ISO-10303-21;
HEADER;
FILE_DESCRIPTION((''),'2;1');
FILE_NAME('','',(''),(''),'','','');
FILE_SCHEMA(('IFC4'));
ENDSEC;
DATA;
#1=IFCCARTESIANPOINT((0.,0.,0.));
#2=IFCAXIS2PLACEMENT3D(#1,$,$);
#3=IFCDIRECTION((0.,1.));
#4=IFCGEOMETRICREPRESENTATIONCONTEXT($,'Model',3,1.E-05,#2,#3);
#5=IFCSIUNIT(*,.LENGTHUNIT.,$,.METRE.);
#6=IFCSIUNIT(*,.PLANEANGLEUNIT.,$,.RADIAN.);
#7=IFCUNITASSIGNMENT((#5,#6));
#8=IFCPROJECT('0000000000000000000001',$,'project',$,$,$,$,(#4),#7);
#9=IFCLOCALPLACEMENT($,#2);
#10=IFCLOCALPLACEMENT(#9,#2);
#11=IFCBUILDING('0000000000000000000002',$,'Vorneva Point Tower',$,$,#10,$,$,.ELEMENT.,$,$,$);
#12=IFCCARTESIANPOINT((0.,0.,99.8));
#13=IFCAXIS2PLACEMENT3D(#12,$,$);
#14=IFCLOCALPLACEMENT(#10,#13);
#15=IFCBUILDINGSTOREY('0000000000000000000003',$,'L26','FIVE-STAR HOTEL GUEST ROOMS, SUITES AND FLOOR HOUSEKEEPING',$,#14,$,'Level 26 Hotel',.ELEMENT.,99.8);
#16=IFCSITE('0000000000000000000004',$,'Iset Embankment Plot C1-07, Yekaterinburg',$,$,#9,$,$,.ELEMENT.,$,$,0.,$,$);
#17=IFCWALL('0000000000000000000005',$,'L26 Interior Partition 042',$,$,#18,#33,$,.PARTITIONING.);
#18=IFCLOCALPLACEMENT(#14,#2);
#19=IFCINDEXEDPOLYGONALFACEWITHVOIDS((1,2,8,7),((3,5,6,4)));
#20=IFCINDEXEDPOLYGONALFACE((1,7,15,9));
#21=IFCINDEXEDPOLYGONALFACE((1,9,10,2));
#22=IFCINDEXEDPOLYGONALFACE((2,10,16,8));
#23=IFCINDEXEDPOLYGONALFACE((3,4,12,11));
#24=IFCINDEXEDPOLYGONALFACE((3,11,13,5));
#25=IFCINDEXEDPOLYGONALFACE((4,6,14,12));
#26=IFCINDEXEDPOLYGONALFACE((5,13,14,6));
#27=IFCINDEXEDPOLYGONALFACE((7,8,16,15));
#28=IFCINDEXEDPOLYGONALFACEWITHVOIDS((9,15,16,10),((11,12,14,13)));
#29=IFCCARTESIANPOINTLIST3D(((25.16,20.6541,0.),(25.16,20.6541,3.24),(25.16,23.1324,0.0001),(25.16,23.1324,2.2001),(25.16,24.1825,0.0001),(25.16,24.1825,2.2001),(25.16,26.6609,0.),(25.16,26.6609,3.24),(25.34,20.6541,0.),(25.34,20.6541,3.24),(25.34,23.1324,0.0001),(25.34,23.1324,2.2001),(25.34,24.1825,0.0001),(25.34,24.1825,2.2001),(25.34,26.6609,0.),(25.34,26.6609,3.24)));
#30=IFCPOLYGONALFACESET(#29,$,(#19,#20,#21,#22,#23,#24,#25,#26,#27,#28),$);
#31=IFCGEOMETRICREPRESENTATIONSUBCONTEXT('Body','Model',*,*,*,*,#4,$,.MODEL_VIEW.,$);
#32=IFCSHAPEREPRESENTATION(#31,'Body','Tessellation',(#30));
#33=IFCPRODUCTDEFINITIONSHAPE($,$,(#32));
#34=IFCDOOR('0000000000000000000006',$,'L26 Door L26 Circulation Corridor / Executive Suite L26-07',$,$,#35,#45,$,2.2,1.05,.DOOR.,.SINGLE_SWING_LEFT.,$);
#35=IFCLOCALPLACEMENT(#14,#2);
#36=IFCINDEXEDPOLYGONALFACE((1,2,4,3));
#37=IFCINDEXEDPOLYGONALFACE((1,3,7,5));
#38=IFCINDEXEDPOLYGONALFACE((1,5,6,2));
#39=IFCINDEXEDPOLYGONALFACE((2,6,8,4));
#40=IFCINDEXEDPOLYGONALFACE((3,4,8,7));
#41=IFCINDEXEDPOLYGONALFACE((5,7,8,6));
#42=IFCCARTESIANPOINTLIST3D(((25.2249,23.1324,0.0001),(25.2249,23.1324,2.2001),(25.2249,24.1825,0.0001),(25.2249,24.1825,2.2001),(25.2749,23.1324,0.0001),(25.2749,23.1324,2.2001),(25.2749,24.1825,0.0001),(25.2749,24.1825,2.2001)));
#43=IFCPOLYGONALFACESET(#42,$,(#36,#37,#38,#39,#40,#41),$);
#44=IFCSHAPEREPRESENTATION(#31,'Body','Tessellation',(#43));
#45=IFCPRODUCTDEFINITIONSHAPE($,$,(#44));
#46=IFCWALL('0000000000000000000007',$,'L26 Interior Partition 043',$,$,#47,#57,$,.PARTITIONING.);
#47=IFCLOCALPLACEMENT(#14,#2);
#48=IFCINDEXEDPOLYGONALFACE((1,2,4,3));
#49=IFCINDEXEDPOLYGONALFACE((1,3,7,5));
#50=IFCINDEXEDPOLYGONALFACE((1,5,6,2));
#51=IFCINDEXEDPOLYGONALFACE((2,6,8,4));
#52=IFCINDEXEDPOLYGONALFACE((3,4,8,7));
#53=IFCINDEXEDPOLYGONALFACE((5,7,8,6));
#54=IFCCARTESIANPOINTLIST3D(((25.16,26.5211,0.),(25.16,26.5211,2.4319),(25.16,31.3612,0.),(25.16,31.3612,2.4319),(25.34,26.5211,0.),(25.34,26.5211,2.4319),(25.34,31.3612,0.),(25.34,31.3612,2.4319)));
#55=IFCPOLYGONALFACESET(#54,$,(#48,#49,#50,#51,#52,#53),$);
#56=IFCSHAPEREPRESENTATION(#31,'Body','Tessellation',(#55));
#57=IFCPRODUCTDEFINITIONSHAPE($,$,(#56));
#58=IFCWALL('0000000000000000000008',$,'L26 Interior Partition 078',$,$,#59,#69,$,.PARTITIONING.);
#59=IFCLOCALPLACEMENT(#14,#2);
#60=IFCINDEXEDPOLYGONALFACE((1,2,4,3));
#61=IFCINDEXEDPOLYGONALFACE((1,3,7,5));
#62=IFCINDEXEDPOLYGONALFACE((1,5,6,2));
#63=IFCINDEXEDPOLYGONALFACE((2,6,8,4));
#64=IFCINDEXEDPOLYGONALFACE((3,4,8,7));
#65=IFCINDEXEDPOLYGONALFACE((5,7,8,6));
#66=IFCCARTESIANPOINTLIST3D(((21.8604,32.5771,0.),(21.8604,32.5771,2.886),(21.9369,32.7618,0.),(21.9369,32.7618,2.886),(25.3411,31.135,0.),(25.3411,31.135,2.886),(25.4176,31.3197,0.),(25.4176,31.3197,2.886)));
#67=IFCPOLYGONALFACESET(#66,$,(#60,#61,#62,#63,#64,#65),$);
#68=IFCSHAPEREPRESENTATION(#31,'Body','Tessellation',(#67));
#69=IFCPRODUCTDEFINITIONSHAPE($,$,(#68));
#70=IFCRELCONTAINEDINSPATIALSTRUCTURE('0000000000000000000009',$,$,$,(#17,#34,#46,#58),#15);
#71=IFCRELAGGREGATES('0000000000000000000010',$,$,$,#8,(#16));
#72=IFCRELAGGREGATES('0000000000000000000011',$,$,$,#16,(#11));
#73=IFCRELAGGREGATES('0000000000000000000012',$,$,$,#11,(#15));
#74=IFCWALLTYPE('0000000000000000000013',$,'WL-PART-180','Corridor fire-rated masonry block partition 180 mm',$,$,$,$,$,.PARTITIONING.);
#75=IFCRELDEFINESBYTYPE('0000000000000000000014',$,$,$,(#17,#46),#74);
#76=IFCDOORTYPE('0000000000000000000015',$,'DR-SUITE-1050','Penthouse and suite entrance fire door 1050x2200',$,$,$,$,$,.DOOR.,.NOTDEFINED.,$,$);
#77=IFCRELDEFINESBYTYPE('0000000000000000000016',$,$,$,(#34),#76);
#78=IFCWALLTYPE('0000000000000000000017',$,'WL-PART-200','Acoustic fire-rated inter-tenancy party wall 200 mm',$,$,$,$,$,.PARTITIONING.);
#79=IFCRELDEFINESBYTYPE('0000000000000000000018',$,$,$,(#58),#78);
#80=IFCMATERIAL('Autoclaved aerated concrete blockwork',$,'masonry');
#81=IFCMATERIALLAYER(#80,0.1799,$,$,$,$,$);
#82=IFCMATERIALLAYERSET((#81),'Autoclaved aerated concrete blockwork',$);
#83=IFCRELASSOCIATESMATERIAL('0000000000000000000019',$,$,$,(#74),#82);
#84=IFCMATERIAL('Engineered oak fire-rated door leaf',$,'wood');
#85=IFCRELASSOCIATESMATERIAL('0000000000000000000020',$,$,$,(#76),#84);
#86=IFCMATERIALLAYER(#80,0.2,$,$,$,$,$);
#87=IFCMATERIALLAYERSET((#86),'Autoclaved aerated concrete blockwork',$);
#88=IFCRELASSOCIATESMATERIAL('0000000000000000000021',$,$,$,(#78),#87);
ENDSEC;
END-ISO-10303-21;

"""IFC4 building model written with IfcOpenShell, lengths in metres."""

from ifc_helpers import new_model, si_unit, direction, frame, frame_2d, origin, place, context, subcontext, project, spatial, rectangle, extrude, material, layer, layer_set, type_object, element, fill, save


model = new_model("IFC4")

# Units and contexts
model_context = context("Model", 3, precision=1e-05, world=origin(), true_north=direction((0.0, 1.0)))
body_context = subcontext(model_context, "Body", "Model", "MODEL_VIEW")
ifc_project = project(units=[si_unit("LENGTHUNIT", "METRE"), si_unit("PLANEANGLEUNIT", "RADIAN")], contexts=[model_context])

# Site, building, storey
site_placement = place(None, origin())
site = spatial("IfcSite", under=ifc_project, at=site_placement, Name="Iset Embankment Plot C1-07, Yekaterinburg", CompositionType="ELEMENT", RefElevation=0.0)
building_placement = place(site_placement, origin())
building = spatial("IfcBuilding", under=site, at=building_placement, Name="Vorneva Point Tower", CompositionType="ELEMENT")
storey_placement = place(building_placement, frame((0.0, 0.0, 99.8)))
storey = spatial("IfcBuildingStorey", under=building, at=storey_placement, Name="L26", Description="FIVE-STAR HOTEL GUEST ROOMS, SUITES AND FLOOR HOUSEKEEPING", LongName="Level 26 Hotel", CompositionType="ELEMENT", Elevation=99.8)

# Shared definitions
ifc_material_1 = material(Name="Engineered oak fire-rated door leaf", Category="wood")

# Wall, opening, door
ifc_material_2 = material(Name="Autoclaved aerated concrete blockwork", Category="masonry")
ifc_layer_1 = layer(ifc_material_2, 0.1799)
ifc_layer_set_1 = layer_set([ifc_layer_1], Name="Autoclaved aerated concrete blockwork")
wall_type_1 = type_object("IfcWallType", Name="WL-PART-180", Description="Corridor fire-rated masonry block partition 180 mm", PredefinedType="PARTITIONING", material=ifc_layer_set_1)
wall_1_placement = place(storey_placement, frame((25.25, 26.6609, 0.0), z_axis=(0.0, 0.0, 1.0), x_axis=(0.0, -1.0, 0.0)))
wall_1 = element("IfcWall", 1, at=wall_1_placement, inside=storey, type_object=wall_type_1, Name="L26 Interior Partition 042", PredefinedType="PARTITIONING", context=body_context, shape_type="SweptSolid", body=[
    extrude(rectangle(XDim=6.0068, YDim=0.1799, at=frame_2d((3.0034, 0.0))), origin(), (0.0, 0.0, 1.0), 3.24),
])
opening_1_placement = place(wall_1_placement, frame((2.4785, 0.0, 0.0)))
opening_1 = element("IfcOpeningElement", 2, at=opening_1_placement, cuts=wall_1, PredefinedType="OPENING", context=body_context, shape_type="SweptSolid", body=[
    extrude(rectangle(XDim=1.05, YDim=2.2, at=frame_2d((0.5249, 1.1001))), frame((0.0, 0.105, 0.0), z_axis=(0.0, -1.0, 0.0), x_axis=(1.0, 0.0, 0.0)), (0.0, 0.0, 1.0), 0.2097),
])
door_type_1 = type_object("IfcDoorType", Name="DR-SUITE-1050", Description="Penthouse and suite entrance fire door 1050x2200", OperationType="NOTDEFINED", PredefinedType="DOOR", material=ifc_material_1)
door_1_placement = place(opening_1_placement, origin())
door_1 = element("IfcDoor", 3, at=door_1_placement, inside=storey, type_object=door_type_1, Name="L26 Door L26 Circulation Corridor / Executive Suite L26-07", OperationType="SINGLE_SWING_LEFT", OverallHeight=2.2, OverallWidth=1.05, PredefinedType="DOOR", context=body_context, shape_type="SweptSolid", body=[
    extrude(rectangle(XDim=1.05, YDim=2.2, at=frame_2d((0.5249, 1.1001))), frame((0.0, 0.0249, 0.0), z_axis=(0.0, -1.0, 0.0), x_axis=(1.0, 0.0, 0.0)), (0.0, 0.0, 1.0), 0.05),
])
fill(opening_1, door_1)

# Walls
wall_2_placement = place(storey_placement, frame((25.25, 31.3611, 0.0), z_axis=(0.0, 0.0, 1.0), x_axis=(0.0, -1.0, 0.0)))
element("IfcWall", 4, at=wall_2_placement, inside=storey, type_object=wall_type_1, Name="L26 Interior Partition 043", PredefinedType="PARTITIONING", context=body_context, shape_type="SweptSolid", body=[
    extrude(rectangle(XDim=4.8401, YDim=0.1799, at=frame_2d((2.4199, 0.0))), origin(), (0.0, 0.0, 1.0), 2.4319),
])
ifc_layer_2 = layer(ifc_material_2, 0.2)
ifc_layer_set_2 = layer_set([ifc_layer_2], Name="Autoclaved aerated concrete blockwork")
wall_type_2 = type_object("IfcWallType", Name="WL-PART-200", Description="Acoustic fire-rated inter-tenancy party wall 200 mm", PredefinedType="PARTITIONING", material=ifc_layer_set_2)
wall_3_placement = place(storey_placement, frame((21.8987, 32.6694, 0.0), z_axis=(0.0, 0.0, 1.0), x_axis=(0.923844, -0.38277, 0.0)))
element("IfcWall", 5, at=wall_3_placement, inside=storey, type_object=wall_type_2, Name="L26 Interior Partition 078", PredefinedType="PARTITIONING", context=body_context, shape_type="SweptSolid", body=[
    extrude(rectangle(XDim=3.7676, YDim=0.2, at=frame_2d((1.8838, 0.0))), origin(), (0.0, 0.0, 1.0), 2.886),
])

save(model, "model.ifc")
